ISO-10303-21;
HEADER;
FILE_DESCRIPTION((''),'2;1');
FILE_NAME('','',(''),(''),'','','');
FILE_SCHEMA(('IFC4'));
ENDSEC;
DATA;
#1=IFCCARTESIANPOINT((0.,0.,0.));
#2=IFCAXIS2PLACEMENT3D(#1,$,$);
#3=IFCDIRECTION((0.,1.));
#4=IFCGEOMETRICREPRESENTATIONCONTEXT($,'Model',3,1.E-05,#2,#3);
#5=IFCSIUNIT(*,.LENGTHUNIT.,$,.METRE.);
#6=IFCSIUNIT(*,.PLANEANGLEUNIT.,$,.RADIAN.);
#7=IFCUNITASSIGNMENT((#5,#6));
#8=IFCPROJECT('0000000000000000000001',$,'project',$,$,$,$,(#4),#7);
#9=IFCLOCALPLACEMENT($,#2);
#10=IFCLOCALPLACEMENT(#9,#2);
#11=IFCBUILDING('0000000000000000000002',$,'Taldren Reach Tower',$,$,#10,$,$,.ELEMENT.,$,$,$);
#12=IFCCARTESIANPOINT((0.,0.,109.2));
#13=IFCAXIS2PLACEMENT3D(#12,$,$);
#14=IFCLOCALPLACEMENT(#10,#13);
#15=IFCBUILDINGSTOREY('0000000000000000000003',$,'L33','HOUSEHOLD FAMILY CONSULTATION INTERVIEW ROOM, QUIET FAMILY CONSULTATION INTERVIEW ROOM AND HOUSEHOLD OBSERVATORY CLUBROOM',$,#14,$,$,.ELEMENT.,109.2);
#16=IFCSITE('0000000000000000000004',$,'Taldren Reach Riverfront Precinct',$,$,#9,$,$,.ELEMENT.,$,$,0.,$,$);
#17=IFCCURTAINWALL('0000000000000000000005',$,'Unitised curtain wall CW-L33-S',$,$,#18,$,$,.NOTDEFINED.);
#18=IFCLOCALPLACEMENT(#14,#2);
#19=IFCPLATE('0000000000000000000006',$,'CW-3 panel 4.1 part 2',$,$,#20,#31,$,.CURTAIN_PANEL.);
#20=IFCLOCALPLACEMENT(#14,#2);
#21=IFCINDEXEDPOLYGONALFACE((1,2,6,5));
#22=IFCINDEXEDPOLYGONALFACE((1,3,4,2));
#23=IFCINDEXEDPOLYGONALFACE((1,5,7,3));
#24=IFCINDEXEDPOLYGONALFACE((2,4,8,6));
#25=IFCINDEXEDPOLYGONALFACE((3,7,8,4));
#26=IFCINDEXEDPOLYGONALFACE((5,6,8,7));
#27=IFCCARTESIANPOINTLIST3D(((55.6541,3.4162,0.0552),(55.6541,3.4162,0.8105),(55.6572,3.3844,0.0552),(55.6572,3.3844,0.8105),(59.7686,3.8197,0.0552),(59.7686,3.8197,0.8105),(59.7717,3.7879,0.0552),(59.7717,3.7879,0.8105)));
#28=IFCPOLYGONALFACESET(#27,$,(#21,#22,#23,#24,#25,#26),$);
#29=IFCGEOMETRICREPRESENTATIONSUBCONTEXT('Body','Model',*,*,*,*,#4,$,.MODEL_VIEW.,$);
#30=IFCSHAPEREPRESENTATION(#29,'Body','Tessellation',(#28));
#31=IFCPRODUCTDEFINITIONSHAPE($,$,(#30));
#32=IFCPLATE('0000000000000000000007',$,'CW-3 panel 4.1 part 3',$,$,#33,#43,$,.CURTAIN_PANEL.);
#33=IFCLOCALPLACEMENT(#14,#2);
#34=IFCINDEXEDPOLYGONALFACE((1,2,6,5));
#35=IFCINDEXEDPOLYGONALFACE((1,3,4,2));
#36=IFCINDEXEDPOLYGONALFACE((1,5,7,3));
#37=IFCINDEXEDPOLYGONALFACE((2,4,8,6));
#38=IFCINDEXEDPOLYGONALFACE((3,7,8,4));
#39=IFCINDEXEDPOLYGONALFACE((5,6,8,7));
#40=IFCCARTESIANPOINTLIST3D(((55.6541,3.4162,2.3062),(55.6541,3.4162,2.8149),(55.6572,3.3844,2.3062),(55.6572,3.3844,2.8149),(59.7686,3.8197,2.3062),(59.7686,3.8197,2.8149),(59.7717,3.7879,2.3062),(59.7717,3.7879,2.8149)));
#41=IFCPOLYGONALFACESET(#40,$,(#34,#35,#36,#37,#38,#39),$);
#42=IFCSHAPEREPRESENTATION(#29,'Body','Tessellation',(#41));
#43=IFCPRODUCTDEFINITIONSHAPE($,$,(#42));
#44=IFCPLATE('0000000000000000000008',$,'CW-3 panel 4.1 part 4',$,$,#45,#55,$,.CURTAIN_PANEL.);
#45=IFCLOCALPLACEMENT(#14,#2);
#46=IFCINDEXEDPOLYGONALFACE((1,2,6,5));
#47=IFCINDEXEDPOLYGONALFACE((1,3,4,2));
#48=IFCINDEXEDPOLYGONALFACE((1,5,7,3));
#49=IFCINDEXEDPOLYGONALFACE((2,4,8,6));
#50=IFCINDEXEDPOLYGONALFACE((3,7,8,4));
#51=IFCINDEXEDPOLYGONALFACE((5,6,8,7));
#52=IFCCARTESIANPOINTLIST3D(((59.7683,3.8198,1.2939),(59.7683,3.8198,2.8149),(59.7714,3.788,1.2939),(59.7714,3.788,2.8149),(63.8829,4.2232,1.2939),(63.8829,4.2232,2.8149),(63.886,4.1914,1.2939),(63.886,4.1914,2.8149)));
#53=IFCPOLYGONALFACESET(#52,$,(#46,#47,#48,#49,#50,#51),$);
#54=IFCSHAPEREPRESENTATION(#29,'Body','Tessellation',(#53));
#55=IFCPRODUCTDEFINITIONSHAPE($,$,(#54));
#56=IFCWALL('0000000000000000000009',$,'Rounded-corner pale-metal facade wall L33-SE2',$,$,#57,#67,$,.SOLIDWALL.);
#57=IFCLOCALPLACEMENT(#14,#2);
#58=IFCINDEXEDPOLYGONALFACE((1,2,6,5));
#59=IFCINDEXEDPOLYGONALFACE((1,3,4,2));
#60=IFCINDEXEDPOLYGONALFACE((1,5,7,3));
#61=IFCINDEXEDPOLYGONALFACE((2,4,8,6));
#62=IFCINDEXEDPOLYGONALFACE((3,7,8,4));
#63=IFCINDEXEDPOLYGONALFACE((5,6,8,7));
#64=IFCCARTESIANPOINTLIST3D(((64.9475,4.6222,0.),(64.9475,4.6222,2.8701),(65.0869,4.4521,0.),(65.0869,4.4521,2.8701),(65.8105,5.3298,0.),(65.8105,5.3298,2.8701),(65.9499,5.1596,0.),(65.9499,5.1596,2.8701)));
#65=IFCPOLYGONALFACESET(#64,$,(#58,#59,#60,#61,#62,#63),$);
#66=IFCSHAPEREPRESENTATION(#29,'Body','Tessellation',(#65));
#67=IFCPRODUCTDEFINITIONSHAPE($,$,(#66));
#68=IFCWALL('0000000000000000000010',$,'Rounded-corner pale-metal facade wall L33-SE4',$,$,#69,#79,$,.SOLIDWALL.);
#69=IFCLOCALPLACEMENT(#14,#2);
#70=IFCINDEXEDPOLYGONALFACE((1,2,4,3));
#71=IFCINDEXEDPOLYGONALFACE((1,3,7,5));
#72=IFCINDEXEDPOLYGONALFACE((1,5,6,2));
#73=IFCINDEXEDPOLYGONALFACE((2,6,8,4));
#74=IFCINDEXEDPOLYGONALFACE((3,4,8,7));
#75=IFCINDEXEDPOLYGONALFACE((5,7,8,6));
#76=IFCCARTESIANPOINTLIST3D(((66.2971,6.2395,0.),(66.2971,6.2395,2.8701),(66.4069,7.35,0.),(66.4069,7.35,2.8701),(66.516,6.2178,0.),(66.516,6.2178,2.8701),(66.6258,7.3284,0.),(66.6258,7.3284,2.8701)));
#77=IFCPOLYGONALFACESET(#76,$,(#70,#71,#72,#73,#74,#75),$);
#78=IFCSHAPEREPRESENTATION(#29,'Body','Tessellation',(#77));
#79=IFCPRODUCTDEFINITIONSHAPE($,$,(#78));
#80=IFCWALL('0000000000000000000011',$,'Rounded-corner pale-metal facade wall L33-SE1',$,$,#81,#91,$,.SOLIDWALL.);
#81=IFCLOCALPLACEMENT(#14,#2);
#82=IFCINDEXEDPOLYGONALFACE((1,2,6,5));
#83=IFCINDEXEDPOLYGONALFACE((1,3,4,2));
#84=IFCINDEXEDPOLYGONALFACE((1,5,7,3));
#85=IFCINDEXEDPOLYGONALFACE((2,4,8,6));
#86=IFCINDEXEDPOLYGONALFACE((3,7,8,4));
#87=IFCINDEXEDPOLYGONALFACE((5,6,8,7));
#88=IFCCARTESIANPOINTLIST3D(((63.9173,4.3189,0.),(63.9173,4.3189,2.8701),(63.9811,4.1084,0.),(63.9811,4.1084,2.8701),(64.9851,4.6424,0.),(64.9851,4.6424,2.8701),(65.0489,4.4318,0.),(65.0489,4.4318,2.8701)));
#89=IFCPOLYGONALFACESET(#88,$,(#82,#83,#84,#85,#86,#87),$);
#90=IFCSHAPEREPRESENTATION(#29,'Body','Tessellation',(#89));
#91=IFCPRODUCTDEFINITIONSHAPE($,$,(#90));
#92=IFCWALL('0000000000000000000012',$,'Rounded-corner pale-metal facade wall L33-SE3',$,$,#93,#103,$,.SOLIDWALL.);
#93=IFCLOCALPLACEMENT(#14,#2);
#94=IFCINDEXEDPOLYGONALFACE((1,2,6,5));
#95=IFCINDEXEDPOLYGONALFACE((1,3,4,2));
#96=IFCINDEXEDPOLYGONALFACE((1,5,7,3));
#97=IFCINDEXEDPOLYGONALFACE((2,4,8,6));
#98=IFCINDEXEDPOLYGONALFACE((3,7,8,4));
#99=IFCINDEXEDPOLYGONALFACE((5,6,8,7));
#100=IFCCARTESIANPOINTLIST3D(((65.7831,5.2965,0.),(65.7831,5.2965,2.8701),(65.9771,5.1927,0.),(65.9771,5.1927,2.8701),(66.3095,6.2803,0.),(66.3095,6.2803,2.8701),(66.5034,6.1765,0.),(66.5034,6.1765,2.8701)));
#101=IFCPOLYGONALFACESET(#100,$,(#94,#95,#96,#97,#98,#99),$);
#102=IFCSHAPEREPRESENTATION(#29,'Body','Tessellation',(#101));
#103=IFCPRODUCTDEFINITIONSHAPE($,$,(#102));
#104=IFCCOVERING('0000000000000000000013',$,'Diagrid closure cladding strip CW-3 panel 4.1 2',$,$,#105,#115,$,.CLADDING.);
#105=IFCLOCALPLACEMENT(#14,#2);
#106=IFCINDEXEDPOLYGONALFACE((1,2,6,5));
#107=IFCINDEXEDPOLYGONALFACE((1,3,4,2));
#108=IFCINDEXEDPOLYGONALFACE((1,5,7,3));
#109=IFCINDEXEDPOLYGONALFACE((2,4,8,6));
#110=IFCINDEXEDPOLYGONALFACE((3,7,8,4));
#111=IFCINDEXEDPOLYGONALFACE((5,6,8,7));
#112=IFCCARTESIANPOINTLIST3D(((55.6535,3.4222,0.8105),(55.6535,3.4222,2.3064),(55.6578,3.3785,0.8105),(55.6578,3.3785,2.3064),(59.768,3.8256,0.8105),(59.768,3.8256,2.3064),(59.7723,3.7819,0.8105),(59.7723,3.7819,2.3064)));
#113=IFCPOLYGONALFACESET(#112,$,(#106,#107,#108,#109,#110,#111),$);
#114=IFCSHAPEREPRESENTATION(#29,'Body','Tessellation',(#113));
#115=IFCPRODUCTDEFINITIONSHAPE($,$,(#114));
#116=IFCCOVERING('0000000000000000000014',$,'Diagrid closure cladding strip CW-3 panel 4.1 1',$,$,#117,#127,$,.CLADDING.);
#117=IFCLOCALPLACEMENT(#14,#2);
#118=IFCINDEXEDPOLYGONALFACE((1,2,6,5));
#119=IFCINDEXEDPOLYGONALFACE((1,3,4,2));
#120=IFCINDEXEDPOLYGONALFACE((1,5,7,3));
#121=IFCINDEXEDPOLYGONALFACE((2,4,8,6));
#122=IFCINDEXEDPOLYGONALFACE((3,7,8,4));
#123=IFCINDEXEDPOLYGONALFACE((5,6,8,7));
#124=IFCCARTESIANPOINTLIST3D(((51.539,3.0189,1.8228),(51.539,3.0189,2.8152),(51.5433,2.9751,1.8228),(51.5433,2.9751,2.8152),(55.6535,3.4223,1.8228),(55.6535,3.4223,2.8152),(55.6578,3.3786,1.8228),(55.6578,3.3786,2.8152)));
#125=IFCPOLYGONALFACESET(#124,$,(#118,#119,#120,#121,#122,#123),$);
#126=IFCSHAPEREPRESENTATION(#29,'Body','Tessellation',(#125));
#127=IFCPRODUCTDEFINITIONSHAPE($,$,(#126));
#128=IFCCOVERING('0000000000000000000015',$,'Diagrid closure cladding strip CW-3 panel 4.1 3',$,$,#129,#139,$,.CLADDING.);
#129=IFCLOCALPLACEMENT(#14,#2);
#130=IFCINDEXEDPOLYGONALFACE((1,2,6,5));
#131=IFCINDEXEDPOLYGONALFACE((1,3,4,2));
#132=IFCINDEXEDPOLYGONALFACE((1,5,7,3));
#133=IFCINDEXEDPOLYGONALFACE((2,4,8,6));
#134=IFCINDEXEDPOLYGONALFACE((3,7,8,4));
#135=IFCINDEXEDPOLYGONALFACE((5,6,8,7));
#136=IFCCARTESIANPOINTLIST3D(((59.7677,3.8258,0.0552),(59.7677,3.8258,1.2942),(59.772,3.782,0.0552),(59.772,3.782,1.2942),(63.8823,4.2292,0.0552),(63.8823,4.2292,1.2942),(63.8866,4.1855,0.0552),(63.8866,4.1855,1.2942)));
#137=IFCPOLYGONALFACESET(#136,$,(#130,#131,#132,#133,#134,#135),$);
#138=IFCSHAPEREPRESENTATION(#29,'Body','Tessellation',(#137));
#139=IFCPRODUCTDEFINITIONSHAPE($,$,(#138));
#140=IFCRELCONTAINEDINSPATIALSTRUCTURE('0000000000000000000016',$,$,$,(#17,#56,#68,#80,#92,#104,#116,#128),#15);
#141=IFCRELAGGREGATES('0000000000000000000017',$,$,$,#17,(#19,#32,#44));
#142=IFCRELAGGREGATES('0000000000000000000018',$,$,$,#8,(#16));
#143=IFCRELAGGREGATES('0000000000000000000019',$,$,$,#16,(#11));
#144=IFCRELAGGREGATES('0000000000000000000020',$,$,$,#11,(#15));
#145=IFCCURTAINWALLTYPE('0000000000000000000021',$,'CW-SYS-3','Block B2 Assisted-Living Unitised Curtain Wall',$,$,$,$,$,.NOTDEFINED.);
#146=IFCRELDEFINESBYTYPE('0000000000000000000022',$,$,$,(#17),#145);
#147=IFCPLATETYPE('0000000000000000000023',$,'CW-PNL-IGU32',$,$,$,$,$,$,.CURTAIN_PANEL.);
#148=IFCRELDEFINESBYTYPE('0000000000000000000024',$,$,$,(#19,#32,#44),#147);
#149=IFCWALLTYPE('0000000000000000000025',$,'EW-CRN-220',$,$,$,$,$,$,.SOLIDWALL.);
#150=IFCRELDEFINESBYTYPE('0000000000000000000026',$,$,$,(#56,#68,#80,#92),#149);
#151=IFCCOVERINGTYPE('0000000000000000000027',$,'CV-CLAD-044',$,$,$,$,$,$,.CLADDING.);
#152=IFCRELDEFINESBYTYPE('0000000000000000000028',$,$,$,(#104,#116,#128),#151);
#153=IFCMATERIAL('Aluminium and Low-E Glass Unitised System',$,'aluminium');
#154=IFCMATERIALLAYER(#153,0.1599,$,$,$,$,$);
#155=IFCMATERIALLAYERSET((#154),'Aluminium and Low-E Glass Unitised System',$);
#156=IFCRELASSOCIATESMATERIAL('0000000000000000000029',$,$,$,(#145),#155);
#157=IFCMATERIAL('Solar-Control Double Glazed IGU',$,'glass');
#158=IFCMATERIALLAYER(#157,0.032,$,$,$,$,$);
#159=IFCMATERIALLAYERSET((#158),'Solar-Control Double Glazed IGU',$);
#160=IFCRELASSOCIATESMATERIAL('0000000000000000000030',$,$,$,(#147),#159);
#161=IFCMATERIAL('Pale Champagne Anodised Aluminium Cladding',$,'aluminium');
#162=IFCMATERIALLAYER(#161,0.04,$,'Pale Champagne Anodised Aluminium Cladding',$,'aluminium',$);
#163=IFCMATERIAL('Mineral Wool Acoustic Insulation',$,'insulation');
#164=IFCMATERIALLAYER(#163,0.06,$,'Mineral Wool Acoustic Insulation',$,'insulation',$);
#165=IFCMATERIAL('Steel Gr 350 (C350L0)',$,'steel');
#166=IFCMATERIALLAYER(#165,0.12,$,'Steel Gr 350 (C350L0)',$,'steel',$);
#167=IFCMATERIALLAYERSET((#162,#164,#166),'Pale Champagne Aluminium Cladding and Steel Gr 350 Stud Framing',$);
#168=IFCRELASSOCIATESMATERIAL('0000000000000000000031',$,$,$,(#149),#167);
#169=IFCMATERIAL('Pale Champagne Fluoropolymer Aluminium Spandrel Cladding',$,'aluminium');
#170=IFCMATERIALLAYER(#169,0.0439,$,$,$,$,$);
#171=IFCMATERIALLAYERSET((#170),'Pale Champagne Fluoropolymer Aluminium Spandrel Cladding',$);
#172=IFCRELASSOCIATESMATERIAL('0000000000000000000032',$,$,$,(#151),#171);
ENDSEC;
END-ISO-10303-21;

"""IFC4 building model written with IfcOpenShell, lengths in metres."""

from ifc_helpers import new_model, si_unit, direction, frame, frame_2d, origin, origin_2d, place, context, subcontext, project, spatial, rectangle, extrude, source, transform, mapped, material, layer, layer_set, type_object, element, aggregate, save


model = new_model("IFC4")

# Units and contexts
model_context = context("Model", 3, precision=1e-05, world=origin(), true_north=direction((0.0, 1.0)))
body_context = subcontext(model_context, "Body", "Model", "MODEL_VIEW")
ifc_project = project(units=[si_unit("LENGTHUNIT", "METRE"), si_unit("PLANEANGLEUNIT", "RADIAN")], contexts=[model_context])

# Site, building, storey
site_placement = place(None, origin())
site = spatial("IfcSite", under=ifc_project, at=site_placement, Name="Taldren Reach Riverfront Precinct", CompositionType="ELEMENT", RefElevation=0.0)
building_placement = place(site_placement, origin())
building = spatial("IfcBuilding", under=site, at=building_placement, Name="Taldren Reach Tower", CompositionType="ELEMENT")
storey_placement = place(building_placement, frame((0.0, 0.0, 109.2)))
storey = spatial("IfcBuildingStorey", under=building, at=storey_placement, Name="L33", Description="HOUSEHOLD FAMILY CONSULTATION INTERVIEW ROOM, QUIET FAMILY CONSULTATION INTERVIEW ROOM AND HOUSEHOLD OBSERVATORY CLUBROOM", CompositionType="ELEMENT", Elevation=109.2)

# Shared definitions
ifc_material_1 = material(Name="Steel Gr 350 (C350L0)", Category="steel")

# Curtain wall
ifc_material_2 = material(Name="Aluminium and Low-E Glass Unitised System", Category="aluminium")
ifc_layer_1 = layer(ifc_material_2, 0.1599)
ifc_layer_set_1 = layer_set([ifc_layer_1], Name="Aluminium and Low-E Glass Unitised System")
curtain_wall_type = type_object("IfcCurtainWallType", Name="CW-SYS-3", Description="Block B2 Assisted-Living Unitised Curtain Wall", PredefinedType="NOTDEFINED", material=ifc_layer_set_1)
curtain_wall_1_placement = place(storey_placement, origin())
curtain_wall_1 = element("IfcCurtainWall", 1, at=curtain_wall_1_placement, inside=storey, type_object=curtain_wall_type, Name="Unitised curtain wall CW-L33-S", PredefinedType="NOTDEFINED")

# Plates
ifc_material_3 = material(Name="Solar-Control Double Glazed IGU", Category="glass")
ifc_layer_2 = layer(ifc_material_3, 0.032)
ifc_layer_set_2 = layer_set([ifc_layer_2], Name="Solar-Control Double Glazed IGU")
plate_type_1 = type_object("IfcPlateType", Name="CW-PNL-IGU32", PredefinedType="CURTAIN_PANEL", material=ifc_layer_set_2)
shared_shape_1 = source(origin(), body_context, "Body", "SweptSolid", [
    extrude(rectangle(XDim=4.1343, YDim=0.032, at=origin_2d()), origin(), (0.0, 0.0, 1.0), 0.7554),
])
plate_1_placement = place(storey_placement, frame((57.7129, 3.6021, 0.0552), z_axis=(0.0, 0.0, 1.0), x_axis=(0.995227, 0.097583, 0.0)))
plate_1 = element("IfcPlate", 2, at=plate_1_placement, type_object=plate_type_1, Name="CW-3 panel 4.1 part 2", PredefinedType="CURTAIN_PANEL", context=body_context, shape_type="MappedRepresentation", body=[
    mapped(shared_shape_1, transform((0.0, 0.0, 0.0), scale=1.0)),
])
shared_shape_2 = source(origin(), body_context, "Body", "SweptSolid", [
    extrude(rectangle(XDim=4.1343, YDim=0.032, at=origin_2d()), origin(), (0.0, 0.0, 1.0), 0.5088),
])
plate_2_placement = place(storey_placement, frame((57.7129, 3.6021, 2.3062), z_axis=(0.0, 0.0, 1.0), x_axis=(0.995227, 0.097583, 0.0)))
plate_2 = element("IfcPlate", 3, at=plate_2_placement, type_object=plate_type_1, Name="CW-3 panel 4.1 part 3", PredefinedType="CURTAIN_PANEL", context=body_context, shape_type="MappedRepresentation", body=[
    mapped(shared_shape_2, transform((0.0, 0.0, 0.0), scale=1.0)),
])
shared_shape_3 = source(origin(), body_context, "Body", "SweptSolid", [
    extrude(rectangle(XDim=4.1343, YDim=0.032, at=origin_2d()), origin(), (0.0, 0.0, 1.0), 1.521),
])
plate_3_placement = place(storey_placement, frame((61.8271, 4.0056, 1.2939), z_axis=(0.0, 0.0, 1.0), x_axis=(0.995227, 0.097583, 0.0)))
plate_3 = element("IfcPlate", 4, at=plate_3_placement, type_object=plate_type_1, Name="CW-3 panel 4.1 part 4", PredefinedType="CURTAIN_PANEL", context=body_context, shape_type="MappedRepresentation", body=[
    mapped(shared_shape_3, transform((0.0, 0.0, 0.0), scale=1.0)),
])
aggregate(curtain_wall_1, [plate_1, plate_2, plate_3])

# Walls
ifc_material_4 = material(Name="Pale Champagne Anodised Aluminium Cladding", Category="aluminium")
ifc_layer_3 = layer(ifc_material_4, 0.04, Name="Pale Champagne Anodised Aluminium Cladding", Category="aluminium")
ifc_material_5 = material(Name="Mineral Wool Acoustic Insulation", Category="insulation")
ifc_layer_4 = layer(ifc_material_5, 0.06, Name="Mineral Wool Acoustic Insulation", Category="insulation")
ifc_layer_5 = layer(ifc_material_1, 0.12, Name="Steel Gr 350 (C350L0)", Category="steel")
ifc_layer_set_3 = layer_set([ifc_layer_3, ifc_layer_4, ifc_layer_5], Name="Pale Champagne Aluminium Cladding and Steel Gr 350 Stud Framing")
wall_type = type_object("IfcWallType", Name="EW-CRN-220", PredefinedType="SOLIDWALL", material=ifc_layer_set_3)
shared_shape_4 = source(origin(), body_context, "Body", "SweptSolid", [
    extrude(rectangle(XDim=1.116, YDim=0.22, at=frame_2d((0.5581, 0.0))), origin(), (0.0, 0.0, 1.0), 2.8701),
])
for number, where, z_axis, x_axis, name in (
    (5, (65.0171, 4.5371, 0.0), (0.0, 0.0, 1.0), (0.773343, 0.633988, 0.0), "Rounded-corner pale-metal facade wall L33-SE2"),
    (6, (66.4065, 6.2285, 0.0), (0.0, 0.0, 1.0), (0.098442, 0.995143, 0.0), "Rounded-corner pale-metal facade wall L33-SE4"),
):
    element("IfcWall", number, at=place(storey_placement, frame(where, z_axis=z_axis, x_axis=x_axis)), inside=storey, type_object=wall_type, Name=name, PredefinedType="SOLIDWALL", context=body_context, shape_type="MappedRepresentation", body=[
        mapped(shared_shape_4, transform((0.0, 0.0, 0.0), scale=1.0)),
    ])
shared_shape_5 = source(origin(), body_context, "Body", "SweptSolid", [
    extrude(rectangle(XDim=1.1157, YDim=0.22, at=frame_2d((0.5579, 0.0))), origin(), (0.0, 0.0, 1.0), 2.8701),
])
for number, where, z_axis, x_axis, name in (
    (7, (63.9492, 4.2136, 0.0), (0.0, 0.0, 1.0), (0.957052, 0.289916, 0.0), "Rounded-corner pale-metal facade wall L33-SE1"),
    (8, (65.8801, 5.2446, 0.0), (0.0, 0.0, 1.0), (0.471723, 0.881747, 0.0), "Rounded-corner pale-metal facade wall L33-SE3"),
):
    element("IfcWall", number, at=place(storey_placement, frame(where, z_axis=z_axis, x_axis=x_axis)), inside=storey, type_object=wall_type, Name=name, PredefinedType="SOLIDWALL", context=body_context, shape_type="MappedRepresentation", body=[
        mapped(shared_shape_5, transform((0.0, 0.0, 0.0), scale=1.0)),
    ])

# Coverings
ifc_material_6 = material(Name="Pale Champagne Fluoropolymer Aluminium Spandrel Cladding", Category="aluminium")
ifc_layer_6 = layer(ifc_material_6, 0.0439)
ifc_layer_set_4 = layer_set([ifc_layer_6], Name="Pale Champagne Fluoropolymer Aluminium Spandrel Cladding")
covering_type = type_object("IfcCoveringType", Name="CV-CLAD-044", PredefinedType="CLADDING", material=ifc_layer_set_4)
shared_shape_6 = source(origin(), body_context, "Body", "SweptSolid", [
    extrude(rectangle(XDim=4.1343, YDim=0.0439, at=origin_2d()), origin(), (0.0, 0.0, 1.0), 1.4958),
])
covering_1_placement = place(storey_placement, frame((57.7129, 3.6021, 0.8105), z_axis=(0.0, 0.0, 1.0), x_axis=(0.995227, 0.097583, 0.0)))
element("IfcCovering", 9, at=covering_1_placement, inside=storey, type_object=covering_type, Name="Diagrid closure cladding strip CW-3 panel 4.1 2", PredefinedType="CLADDING", context=body_context, shape_type="MappedRepresentation", body=[
    mapped(shared_shape_6, transform((0.0, 0.0, 0.0), scale=1.0)),
])
shared_shape_7 = source(origin(), body_context, "Body", "SweptSolid", [
    extrude(rectangle(XDim=4.1343, YDim=0.0439, at=origin_2d()), origin(), (0.0, 0.0, 1.0), 0.9924),
])
covering_2_placement = place(storey_placement, frame((53.5984, 3.1987, 1.8228), z_axis=(0.0, 0.0, 1.0), x_axis=(0.995227, 0.097583, 0.0)))
element("IfcCovering", 10, at=covering_2_placement, inside=storey, type_object=covering_type, Name="Diagrid closure cladding strip CW-3 panel 4.1 1", PredefinedType="CLADDING", context=body_context, shape_type="MappedRepresentation", body=[
    mapped(shared_shape_7, transform((0.0, 0.0, 0.0), scale=1.0)),
])
shared_shape_8 = source(origin(), body_context, "Body", "SweptSolid", [
    extrude(rectangle(XDim=4.1343, YDim=0.0439, at=origin_2d()), origin(), (0.0, 0.0, 1.0), 1.239),
])
covering_3_placement = place(storey_placement, frame((61.8271, 4.0056, 0.0552), z_axis=(0.0, 0.0, 1.0), x_axis=(0.995227, 0.097583, 0.0)))
element("IfcCovering", 11, at=covering_3_placement, inside=storey, type_object=covering_type, Name="Diagrid closure cladding strip CW-3 panel 4.1 3", PredefinedType="CLADDING", context=body_context, shape_type="MappedRepresentation", body=[
    mapped(shared_shape_8, transform((0.0, 0.0, 0.0), scale=1.0)),
])

save(model, "model.ifc")
